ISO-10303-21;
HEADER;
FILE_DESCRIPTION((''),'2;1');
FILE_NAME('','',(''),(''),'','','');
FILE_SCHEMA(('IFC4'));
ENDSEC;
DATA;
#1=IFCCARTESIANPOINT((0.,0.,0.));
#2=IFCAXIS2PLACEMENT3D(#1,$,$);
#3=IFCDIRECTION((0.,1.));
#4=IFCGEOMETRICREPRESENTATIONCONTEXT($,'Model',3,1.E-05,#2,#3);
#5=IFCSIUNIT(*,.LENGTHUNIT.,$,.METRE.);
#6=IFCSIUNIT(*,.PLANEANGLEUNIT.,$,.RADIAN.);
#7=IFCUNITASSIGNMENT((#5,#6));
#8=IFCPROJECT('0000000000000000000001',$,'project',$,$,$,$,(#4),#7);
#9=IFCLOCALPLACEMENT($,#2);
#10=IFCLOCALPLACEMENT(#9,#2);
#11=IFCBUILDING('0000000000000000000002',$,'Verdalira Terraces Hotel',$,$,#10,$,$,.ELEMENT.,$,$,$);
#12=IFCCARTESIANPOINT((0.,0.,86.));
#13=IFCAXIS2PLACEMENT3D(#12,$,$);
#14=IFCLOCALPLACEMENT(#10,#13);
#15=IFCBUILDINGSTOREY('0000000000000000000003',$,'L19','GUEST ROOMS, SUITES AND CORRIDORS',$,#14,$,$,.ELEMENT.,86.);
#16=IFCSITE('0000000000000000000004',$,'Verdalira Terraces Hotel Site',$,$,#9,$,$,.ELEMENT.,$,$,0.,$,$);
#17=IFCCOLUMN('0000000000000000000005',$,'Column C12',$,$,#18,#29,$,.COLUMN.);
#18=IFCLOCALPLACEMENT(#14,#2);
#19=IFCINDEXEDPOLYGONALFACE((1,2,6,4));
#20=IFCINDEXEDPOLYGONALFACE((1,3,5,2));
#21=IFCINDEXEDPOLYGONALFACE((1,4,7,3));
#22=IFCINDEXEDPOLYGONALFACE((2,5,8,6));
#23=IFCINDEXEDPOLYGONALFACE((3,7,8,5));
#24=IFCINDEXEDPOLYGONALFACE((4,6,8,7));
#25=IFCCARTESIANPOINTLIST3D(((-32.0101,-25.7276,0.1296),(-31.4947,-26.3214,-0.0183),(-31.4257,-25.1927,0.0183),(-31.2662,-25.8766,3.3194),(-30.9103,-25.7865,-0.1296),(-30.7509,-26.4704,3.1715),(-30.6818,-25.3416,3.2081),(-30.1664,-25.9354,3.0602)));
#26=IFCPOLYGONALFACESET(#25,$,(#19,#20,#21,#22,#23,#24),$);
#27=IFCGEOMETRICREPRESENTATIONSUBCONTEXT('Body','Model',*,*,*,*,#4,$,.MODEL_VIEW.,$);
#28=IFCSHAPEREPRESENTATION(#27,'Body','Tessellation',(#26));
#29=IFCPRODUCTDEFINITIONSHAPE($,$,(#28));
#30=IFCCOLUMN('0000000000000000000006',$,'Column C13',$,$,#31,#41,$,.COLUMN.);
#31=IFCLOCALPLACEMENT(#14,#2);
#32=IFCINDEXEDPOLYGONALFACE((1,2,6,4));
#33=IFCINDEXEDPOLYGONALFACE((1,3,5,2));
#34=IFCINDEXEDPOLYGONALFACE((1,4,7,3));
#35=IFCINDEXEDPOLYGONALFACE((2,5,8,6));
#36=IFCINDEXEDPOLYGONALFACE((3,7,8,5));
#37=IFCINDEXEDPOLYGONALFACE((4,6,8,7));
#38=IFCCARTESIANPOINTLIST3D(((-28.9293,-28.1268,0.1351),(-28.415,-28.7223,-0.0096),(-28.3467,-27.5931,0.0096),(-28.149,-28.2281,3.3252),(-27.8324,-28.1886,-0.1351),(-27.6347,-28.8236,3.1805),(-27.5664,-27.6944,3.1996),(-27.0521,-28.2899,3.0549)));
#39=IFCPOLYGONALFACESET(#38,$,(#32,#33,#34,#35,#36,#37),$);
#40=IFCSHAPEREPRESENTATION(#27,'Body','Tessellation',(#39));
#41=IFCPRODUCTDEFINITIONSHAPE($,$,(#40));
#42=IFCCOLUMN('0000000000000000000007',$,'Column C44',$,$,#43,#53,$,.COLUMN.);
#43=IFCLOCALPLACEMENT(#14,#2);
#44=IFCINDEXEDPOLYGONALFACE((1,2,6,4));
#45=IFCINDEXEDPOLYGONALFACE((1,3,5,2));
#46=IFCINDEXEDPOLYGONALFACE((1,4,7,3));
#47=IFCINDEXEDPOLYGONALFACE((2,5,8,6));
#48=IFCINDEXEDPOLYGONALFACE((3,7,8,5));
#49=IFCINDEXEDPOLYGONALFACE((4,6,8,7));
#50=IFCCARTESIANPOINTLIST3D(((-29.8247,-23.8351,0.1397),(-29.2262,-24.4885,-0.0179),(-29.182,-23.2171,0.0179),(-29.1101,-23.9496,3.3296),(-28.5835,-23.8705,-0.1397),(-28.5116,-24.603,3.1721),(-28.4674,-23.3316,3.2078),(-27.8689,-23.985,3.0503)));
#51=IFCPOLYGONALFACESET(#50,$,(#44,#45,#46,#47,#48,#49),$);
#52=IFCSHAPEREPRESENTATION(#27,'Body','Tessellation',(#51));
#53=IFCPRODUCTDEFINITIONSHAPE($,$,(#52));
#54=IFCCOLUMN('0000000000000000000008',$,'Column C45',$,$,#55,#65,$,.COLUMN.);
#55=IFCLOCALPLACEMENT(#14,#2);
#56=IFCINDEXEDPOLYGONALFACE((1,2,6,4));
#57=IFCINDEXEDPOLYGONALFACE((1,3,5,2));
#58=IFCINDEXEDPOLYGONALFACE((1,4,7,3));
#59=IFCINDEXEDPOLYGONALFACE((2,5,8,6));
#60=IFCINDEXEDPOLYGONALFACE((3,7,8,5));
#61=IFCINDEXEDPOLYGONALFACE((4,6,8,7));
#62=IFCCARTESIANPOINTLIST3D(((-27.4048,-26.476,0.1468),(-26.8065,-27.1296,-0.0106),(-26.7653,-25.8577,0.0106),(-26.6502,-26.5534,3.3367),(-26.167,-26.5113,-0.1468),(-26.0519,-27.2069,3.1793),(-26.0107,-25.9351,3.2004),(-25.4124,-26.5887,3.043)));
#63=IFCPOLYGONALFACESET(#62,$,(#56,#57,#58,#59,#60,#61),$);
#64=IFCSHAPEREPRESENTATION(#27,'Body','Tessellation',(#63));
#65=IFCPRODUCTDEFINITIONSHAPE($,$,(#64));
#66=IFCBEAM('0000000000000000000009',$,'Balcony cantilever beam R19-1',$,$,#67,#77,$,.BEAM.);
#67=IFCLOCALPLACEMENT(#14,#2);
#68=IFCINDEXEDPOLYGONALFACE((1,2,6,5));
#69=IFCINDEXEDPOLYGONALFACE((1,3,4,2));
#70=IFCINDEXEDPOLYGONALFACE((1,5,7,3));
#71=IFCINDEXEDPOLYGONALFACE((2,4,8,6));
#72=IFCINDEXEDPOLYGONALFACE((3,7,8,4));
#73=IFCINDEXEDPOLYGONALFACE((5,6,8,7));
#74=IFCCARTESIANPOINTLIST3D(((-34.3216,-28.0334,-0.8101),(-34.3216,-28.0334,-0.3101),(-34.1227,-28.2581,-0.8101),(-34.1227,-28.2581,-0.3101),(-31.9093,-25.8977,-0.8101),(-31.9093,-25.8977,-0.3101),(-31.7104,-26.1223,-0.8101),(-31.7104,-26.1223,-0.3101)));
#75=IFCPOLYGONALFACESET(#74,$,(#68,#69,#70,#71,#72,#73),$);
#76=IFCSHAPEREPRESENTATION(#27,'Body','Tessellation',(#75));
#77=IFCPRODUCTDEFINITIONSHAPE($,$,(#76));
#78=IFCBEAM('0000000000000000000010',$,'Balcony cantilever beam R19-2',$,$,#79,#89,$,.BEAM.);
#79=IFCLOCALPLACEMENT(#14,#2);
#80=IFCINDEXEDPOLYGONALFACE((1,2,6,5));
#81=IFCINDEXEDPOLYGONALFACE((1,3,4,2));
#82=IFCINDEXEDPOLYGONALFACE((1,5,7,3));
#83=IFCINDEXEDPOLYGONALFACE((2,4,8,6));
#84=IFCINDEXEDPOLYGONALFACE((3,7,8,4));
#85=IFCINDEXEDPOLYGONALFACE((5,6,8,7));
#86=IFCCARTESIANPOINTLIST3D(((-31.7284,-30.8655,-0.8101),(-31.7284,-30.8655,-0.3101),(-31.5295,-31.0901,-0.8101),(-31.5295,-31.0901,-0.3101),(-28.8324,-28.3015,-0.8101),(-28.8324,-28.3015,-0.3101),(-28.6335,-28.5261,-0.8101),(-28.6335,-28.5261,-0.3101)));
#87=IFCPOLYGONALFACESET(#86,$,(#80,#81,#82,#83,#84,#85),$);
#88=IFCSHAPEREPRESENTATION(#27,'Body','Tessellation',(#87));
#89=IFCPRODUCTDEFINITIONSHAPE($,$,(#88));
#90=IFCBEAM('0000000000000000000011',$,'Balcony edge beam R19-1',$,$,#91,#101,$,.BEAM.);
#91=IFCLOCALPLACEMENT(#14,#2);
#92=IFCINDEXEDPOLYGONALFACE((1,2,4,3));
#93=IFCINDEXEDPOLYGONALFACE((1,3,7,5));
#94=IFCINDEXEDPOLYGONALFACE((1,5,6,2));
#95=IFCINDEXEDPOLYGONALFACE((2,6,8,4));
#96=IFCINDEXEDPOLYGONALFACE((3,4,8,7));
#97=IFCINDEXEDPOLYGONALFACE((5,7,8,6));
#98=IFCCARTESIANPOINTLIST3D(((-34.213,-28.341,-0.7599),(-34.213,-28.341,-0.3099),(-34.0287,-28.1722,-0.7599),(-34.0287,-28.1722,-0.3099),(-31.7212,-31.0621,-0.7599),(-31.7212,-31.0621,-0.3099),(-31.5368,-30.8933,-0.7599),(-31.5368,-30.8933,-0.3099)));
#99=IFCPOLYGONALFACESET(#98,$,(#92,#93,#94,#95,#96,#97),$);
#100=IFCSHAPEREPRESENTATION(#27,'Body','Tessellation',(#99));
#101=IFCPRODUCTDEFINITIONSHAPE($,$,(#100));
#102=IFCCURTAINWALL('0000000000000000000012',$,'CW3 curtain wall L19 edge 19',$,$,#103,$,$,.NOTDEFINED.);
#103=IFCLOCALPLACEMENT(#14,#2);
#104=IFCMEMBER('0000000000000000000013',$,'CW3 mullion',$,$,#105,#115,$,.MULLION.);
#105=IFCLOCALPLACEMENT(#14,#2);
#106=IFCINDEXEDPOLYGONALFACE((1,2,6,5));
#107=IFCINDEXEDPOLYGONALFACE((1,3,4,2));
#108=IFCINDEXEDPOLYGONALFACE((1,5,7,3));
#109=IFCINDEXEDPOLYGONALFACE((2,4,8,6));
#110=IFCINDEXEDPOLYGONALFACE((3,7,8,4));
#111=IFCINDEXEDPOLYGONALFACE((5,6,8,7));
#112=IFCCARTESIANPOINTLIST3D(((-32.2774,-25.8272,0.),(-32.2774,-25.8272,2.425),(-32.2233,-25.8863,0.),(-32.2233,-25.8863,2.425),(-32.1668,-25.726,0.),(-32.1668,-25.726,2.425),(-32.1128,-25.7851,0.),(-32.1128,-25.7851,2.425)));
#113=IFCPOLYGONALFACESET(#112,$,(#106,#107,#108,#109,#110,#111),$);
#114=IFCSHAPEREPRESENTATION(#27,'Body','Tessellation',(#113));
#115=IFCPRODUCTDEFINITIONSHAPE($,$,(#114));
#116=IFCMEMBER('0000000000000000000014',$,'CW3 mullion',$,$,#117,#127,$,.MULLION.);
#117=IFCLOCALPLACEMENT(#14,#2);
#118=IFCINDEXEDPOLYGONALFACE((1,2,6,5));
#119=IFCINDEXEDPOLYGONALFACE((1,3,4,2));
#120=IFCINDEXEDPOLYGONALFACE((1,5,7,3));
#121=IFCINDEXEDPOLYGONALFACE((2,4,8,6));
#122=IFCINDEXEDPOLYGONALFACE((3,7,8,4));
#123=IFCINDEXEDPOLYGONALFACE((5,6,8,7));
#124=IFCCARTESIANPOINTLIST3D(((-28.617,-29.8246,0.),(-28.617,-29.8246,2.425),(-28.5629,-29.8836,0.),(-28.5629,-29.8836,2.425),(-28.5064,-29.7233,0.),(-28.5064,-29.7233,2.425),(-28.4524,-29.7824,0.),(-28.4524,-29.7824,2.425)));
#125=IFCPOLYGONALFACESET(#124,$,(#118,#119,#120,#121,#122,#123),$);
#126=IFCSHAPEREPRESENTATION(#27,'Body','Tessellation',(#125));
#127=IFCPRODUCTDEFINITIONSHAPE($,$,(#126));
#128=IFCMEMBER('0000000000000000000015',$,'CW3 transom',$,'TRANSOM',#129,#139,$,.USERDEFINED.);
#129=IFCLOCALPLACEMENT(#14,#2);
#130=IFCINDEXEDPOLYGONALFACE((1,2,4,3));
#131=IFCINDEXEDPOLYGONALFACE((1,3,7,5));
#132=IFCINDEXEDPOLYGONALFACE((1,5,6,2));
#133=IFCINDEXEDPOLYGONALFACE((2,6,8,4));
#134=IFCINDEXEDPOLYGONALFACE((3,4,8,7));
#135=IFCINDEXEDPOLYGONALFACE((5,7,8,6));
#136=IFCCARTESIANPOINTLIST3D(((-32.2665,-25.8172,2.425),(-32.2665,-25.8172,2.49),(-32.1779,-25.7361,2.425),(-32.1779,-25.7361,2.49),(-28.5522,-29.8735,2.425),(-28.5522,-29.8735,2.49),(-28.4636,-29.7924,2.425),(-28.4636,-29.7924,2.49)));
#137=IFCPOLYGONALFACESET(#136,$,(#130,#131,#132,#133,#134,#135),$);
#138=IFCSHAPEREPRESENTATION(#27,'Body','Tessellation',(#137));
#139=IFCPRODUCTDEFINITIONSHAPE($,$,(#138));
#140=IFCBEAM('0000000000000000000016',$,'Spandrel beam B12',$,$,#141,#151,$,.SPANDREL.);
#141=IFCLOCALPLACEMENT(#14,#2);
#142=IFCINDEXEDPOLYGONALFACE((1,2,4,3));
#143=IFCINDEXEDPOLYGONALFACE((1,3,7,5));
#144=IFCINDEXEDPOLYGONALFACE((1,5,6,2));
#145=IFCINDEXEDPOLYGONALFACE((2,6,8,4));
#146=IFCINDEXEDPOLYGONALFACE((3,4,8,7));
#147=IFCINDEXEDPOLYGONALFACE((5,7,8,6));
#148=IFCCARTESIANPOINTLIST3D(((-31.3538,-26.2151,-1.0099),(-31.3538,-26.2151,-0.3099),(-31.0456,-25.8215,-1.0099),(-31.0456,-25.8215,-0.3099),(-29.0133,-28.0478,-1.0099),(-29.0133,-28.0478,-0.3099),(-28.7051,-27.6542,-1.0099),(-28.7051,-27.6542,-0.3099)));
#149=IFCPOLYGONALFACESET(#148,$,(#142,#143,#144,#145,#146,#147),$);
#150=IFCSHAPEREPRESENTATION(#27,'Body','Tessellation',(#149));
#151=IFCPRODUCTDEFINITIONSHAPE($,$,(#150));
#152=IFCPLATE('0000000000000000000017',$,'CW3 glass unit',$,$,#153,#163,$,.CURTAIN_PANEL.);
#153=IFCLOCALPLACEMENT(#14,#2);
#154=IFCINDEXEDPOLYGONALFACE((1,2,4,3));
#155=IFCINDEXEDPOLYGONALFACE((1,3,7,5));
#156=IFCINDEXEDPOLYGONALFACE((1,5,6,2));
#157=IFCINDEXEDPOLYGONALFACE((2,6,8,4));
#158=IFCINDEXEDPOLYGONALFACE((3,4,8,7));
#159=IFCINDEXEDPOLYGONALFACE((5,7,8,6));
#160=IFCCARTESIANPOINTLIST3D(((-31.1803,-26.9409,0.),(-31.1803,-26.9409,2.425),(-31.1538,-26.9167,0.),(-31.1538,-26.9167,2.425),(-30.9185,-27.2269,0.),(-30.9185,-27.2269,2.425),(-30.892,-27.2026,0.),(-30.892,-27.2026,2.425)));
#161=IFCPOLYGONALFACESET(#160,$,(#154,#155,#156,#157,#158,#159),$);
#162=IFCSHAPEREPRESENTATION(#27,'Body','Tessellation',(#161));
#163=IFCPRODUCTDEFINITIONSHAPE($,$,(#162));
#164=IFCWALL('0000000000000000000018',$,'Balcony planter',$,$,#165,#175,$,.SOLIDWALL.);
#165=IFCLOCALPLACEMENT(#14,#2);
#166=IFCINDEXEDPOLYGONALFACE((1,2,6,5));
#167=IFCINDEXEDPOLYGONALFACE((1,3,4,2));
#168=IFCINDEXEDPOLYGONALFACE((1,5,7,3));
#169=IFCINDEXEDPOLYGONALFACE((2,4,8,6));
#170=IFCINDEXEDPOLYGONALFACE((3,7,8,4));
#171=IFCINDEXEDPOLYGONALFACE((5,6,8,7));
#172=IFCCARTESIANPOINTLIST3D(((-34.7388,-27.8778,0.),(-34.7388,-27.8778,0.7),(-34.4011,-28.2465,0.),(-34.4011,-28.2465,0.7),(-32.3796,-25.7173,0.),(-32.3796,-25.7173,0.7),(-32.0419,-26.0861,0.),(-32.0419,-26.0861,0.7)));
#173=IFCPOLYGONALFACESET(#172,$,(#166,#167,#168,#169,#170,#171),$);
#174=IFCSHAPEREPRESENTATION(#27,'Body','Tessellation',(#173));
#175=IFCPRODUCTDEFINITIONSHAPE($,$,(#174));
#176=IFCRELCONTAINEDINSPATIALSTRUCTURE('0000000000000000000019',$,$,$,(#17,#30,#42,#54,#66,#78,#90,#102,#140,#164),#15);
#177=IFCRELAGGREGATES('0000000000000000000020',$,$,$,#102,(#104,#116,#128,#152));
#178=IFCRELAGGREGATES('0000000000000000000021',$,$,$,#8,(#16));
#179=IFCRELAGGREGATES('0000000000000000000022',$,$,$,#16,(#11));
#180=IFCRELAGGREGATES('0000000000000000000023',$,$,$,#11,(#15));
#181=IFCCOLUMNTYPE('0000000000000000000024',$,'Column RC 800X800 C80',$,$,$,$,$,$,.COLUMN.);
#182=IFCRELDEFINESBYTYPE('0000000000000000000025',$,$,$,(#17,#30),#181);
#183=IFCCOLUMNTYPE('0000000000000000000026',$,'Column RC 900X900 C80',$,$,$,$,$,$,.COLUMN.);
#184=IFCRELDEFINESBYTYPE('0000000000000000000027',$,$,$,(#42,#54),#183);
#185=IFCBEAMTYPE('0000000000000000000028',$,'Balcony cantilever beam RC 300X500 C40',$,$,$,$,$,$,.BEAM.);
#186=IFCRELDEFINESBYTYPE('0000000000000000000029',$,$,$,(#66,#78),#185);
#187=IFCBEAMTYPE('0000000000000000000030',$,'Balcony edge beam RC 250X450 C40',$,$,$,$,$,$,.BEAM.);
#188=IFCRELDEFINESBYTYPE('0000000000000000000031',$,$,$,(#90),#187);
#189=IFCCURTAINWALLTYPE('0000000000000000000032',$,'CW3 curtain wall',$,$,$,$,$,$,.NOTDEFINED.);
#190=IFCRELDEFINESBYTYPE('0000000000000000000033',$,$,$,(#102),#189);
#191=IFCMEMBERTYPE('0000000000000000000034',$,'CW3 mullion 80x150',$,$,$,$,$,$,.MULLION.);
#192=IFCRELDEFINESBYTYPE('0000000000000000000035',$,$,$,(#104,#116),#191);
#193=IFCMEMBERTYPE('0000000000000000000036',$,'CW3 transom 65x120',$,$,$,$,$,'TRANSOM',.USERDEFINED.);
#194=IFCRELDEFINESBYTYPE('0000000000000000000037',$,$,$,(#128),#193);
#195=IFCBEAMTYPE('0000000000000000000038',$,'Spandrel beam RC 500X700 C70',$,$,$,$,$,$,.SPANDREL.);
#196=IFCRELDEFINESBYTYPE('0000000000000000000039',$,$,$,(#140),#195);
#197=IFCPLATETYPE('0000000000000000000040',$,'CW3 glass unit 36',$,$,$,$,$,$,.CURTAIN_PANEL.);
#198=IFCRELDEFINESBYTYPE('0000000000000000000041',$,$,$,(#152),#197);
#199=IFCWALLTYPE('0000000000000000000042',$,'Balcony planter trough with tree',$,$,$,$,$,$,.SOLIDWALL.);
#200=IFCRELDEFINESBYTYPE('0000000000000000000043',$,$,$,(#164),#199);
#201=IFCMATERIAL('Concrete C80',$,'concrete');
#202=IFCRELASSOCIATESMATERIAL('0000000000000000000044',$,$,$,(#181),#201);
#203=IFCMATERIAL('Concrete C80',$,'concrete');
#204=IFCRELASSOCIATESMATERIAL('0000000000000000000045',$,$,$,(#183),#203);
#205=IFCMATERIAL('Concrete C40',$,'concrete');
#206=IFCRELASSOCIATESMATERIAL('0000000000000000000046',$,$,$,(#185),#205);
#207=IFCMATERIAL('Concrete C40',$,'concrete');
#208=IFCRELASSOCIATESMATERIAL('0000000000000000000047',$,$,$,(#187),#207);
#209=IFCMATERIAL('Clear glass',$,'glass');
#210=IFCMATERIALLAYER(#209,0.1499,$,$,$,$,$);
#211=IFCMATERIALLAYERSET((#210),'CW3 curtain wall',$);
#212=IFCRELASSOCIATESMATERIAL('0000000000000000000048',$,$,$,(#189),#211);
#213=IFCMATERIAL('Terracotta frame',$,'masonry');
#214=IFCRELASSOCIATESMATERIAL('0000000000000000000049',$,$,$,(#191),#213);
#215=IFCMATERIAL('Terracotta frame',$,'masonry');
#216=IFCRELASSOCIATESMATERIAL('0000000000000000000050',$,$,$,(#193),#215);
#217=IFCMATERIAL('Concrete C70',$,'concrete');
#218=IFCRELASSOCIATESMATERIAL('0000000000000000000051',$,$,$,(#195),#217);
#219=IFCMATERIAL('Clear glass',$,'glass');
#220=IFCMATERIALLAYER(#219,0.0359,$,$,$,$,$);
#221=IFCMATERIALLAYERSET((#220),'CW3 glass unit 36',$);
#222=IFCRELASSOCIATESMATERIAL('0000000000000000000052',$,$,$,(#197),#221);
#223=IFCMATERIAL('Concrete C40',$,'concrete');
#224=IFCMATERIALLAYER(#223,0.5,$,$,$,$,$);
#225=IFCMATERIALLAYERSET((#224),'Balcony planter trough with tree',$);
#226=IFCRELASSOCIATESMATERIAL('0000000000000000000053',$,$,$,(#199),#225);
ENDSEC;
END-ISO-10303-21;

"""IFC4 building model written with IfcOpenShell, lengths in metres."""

from ifc_helpers import new_model, si_unit, direction, frame, frame_2d, origin, origin_2d, place, context, subcontext, project, spatial, rectangle, extrude, material, layer, layer_set, material_profile, profile_set, type_object, element, aggregate, save


model = new_model("IFC4")

# Units and contexts
model_context = context("Model", 3, precision=1e-05, world=origin(), true_north=direction((0.0, 1.0)))
body_context = subcontext(model_context, "Body", "Model", "MODEL_VIEW")
ifc_project = project(units=[si_unit("LENGTHUNIT", "METRE"), si_unit("PLANEANGLEUNIT", "RADIAN")], contexts=[model_context])

# Site, building, storey
site_placement = place(None, origin())
site = spatial("IfcSite", under=ifc_project, at=site_placement, Name="Verdalira Terraces Hotel Site", CompositionType="ELEMENT", RefElevation=0.0)
building_placement = place(site_placement, origin())
building = spatial("IfcBuilding", under=site, at=building_placement, Name="Verdalira Terraces Hotel", CompositionType="ELEMENT")
storey_placement = place(building_placement, frame((0.0, 0.0, 86.0)))
storey = spatial("IfcBuildingStorey", under=building, at=storey_placement, Name="L19", Description="GUEST ROOMS, SUITES AND CORRIDORS", CompositionType="ELEMENT", Elevation=86.0)

# Columns
ifc_material_1 = material(Name="Concrete C80", Category="concrete")
ifc_material_profile_1 = material_profile(ifc_material_1, rectangle(XDim=0.8, YDim=0.8, at=origin_2d()), Name="RC 800X800")
ifc_profile_set_1 = profile_set([ifc_material_profile_1], Name="Concrete C80")
column_type_1 = type_object("IfcColumnType", Name="Column RC 800X800 C80", PredefinedType="COLUMN", material=ifc_profile_set_1)
column_1_placement = place(storey_placement, frame((-31.4602, -25.7571, 0.0), z_axis=(0.226873, -0.045419, 0.972865), x_axis=(0.644153, -0.742221, -0.184868)))
element("IfcColumn", 1, at=column_1_placement, inside=storey, type_object=column_type_1, Name="Column C12", PredefinedType="COLUMN", context=body_context, shape_type="SweptSolid", body=[
    extrude(rectangle(XDim=0.8, YDim=0.8, at=origin_2d()), origin(), (0.0, 0.0, 1.0), 3.2788),
])
column_2_placement = place(storey_placement, frame((-28.3809, -28.1577, 0.0), z_axis=(0.237487, -0.030838, 0.970901), x_axis=(0.642846, -0.744332, -0.180884)))
element("IfcColumn", 2, at=column_2_placement, inside=storey, type_object=column_type_1, Name="Column C13", PredefinedType="COLUMN", context=body_context, shape_type="SweptSolid", body=[
    extrude(rectangle(XDim=0.8, YDim=0.8, at=origin_2d()), origin(), (0.0, 0.0, 1.0), 3.2856),
])
ifc_material_2 = material(Name="Concrete C80", Category="concrete")
ifc_material_profile_2 = material_profile(ifc_material_2, rectangle(XDim=0.8999, YDim=0.8999, at=origin_2d()), Name="RC 900X900")
ifc_profile_set_2 = profile_set([ifc_material_profile_2], Name="Concrete C80")
column_type_2 = type_object("IfcColumnType", Name="Column RC 900X900 C80", PredefinedType="COLUMN", material=ifc_profile_set_2)
column_3_placement = place(storey_placement, frame((-29.2041, -23.8528, 0.0), z_axis=(0.218465, -0.035005, 0.975217), x_axis=(-0.71419, -0.686743, 0.13534)))
element("IfcColumn", 3, at=column_3_placement, inside=storey, type_object=column_type_2, Name="Column C44", PredefinedType="COLUMN", context=body_context, shape_type="SweptSolid", body=[
    extrude(rectangle(XDim=0.8999, YDim=0.8999, at=origin_2d()), origin(), (0.0, 0.0, 1.0), 3.271),
])
column_4_placement = place(storey_placement, frame((-26.7859, -26.4937, 0.0), z_axis=(0.23015, -0.023603, 0.972869), x_axis=(-0.710633, -0.687071, 0.151444)))
element("IfcColumn", 4, at=column_4_placement, inside=storey, type_object=column_type_2, Name="Column C45", PredefinedType="COLUMN", context=body_context, shape_type="SweptSolid", body=[
    extrude(rectangle(XDim=0.8999, YDim=0.8999, at=origin_2d()), origin(), (0.0, 0.0, 1.0), 3.2788),
])

# Beams
ifc_material_3 = material(Name="Concrete C40", Category="concrete")
ifc_material_profile_3 = material_profile(ifc_material_3, rectangle(XDim=0.3, YDim=0.5, at=origin_2d()), Name="RC 300X500")
ifc_profile_set_3 = profile_set([ifc_material_profile_3], Name="Concrete C40")
beam_type_1 = type_object("IfcBeamType", Name="Balcony cantilever beam RC 300X500 C40", PredefinedType="BEAM", material=ifc_profile_set_3)
beam_1_placement = place(storey_placement, frame((-31.8098, -26.01, -0.5601), z_axis=(-0.748729, -0.662876, 0.0), x_axis=(0.662876, -0.748729, 0.0)))
element("IfcBeam", 5, at=beam_1_placement, inside=storey, type_object=beam_type_1, Name="Balcony cantilever beam R19-1", PredefinedType="BEAM", context=body_context, shape_type="SweptSolid", body=[
    extrude(rectangle(XDim=0.3, YDim=0.5, at=origin_2d()), origin(), (0.0, 0.0, 1.0), 3.2219),
])
beam_2_placement = place(storey_placement, frame((-28.7329, -28.4138, -0.5601), z_axis=(-0.748724, -0.662882, 0.0), x_axis=(0.662882, -0.748724, 0.0)))
element("IfcBeam", 6, at=beam_2_placement, inside=storey, type_object=beam_type_1, Name="Balcony cantilever beam R19-2", PredefinedType="BEAM", context=body_context, shape_type="SweptSolid", body=[
    extrude(rectangle(XDim=0.3, YDim=0.5, at=origin_2d()), origin(), (0.0, 0.0, 1.0), 3.8679),
])
ifc_material_4 = material(Name="Concrete C40", Category="concrete")
ifc_material_profile_4 = material_profile(ifc_material_4, rectangle(XDim=0.25, YDim=0.45, at=origin_2d()), Name="RC 250X450")
ifc_profile_set_4 = profile_set([ifc_material_profile_4], Name="Concrete C40")
beam_type_2 = type_object("IfcBeamType", Name="Balcony edge beam RC 250X450 C40", PredefinedType="BEAM", material=ifc_profile_set_4)
beam_3_placement = place(storey_placement, frame((-34.1208, -28.2566, -0.5349), z_axis=(0.675359, -0.737489, 0.0), x_axis=(0.737489, 0.675359, 0.0)))
element("IfcBeam", 7, at=beam_3_placement, inside=storey, type_object=beam_type_2, Name="Balcony edge beam R19-1", PredefinedType="BEAM", context=body_context, shape_type="SweptSolid", body=[
    extrude(rectangle(XDim=0.25, YDim=0.45, at=origin_2d()), origin(), (0.0, 0.0, 1.0), 3.6897),
])

# Curtain wall, members
ifc_material_5 = material(Name="Clear glass", Category="glass")
ifc_layer_1 = layer(ifc_material_5, 0.1499)
ifc_layer_set_1 = layer_set([ifc_layer_1], Name="CW3 curtain wall")
curtain_wall_type = type_object("IfcCurtainWallType", Name="CW3 curtain wall", PredefinedType="NOTDEFINED", material=ifc_layer_set_1)
curtain_wall_placement = place(storey_placement, origin())
curtain_wall = element("IfcCurtainWall", 8, at=curtain_wall_placement, inside=storey, type_object=curtain_wall_type, Name="CW3 curtain wall L19 edge 19", PredefinedType="NOTDEFINED")
ifc_material_6 = material(Name="Terracotta frame", Category="masonry")
ifc_material_profile_5 = material_profile(ifc_material_6, rectangle(XDim=0.0801, YDim=0.1499, at=origin_2d()), Name="MU 80x150")
ifc_profile_set_5 = profile_set([ifc_material_profile_5], Name="Terracotta frame")
member_type_1 = type_object("IfcMemberType", Name="CW3 mullion 80x150", PredefinedType="MULLION", material=ifc_profile_set_5)
member_1_placement = place(storey_placement, frame((-32.1951, -25.8062, 0.0), z_axis=(0.0, 0.0, 1.0), x_axis=(0.675333, -0.737513, 0.0)))
member_1 = element("IfcMember", 9, at=member_1_placement, type_object=member_type_1, Name="CW3 mullion", PredefinedType="MULLION", context=body_context, shape_type="SweptSolid", body=[
    extrude(rectangle(XDim=0.0801, YDim=0.1499, at=origin_2d()), origin(), (0.0, 0.0, 1.0), 2.425),
])
member_2_placement = place(storey_placement, frame((-28.5347, -29.8035, 0.0), z_axis=(0.0, 0.0, 1.0), x_axis=(0.675333, -0.737513, 0.0)))
member_2 = element("IfcMember", 10, at=member_2_placement, type_object=member_type_1, Name="CW3 mullion", PredefinedType="MULLION", context=body_context, shape_type="SweptSolid", body=[
    extrude(rectangle(XDim=0.0801, YDim=0.1499, at=origin_2d()), origin(), (0.0, 0.0, 1.0), 2.425),
])
ifc_material_7 = material(Name="Terracotta frame", Category="masonry")
ifc_material_profile_6 = material_profile(ifc_material_7, rectangle(XDim=0.1201, YDim=0.0649, at=origin_2d()), Name="TR 65x120")
ifc_profile_set_6 = profile_set([ifc_material_profile_6], Name="Terracotta frame")
member_type_2 = type_object("IfcMemberType", Name="CW3 transom 65x120", ElementType="TRANSOM", PredefinedType="USERDEFINED", material=ifc_profile_set_6)
member_3_placement = place(storey_placement, frame((-32.2222, -25.7766, 2.4575), z_axis=(0.675329, -0.737517, 0.0), x_axis=(0.737517, 0.675329, 0.0)))
member_3 = element("IfcMember", 11, at=member_3_placement, type_object=member_type_2, Name="CW3 transom", ObjectType="TRANSOM", PredefinedType="USERDEFINED", context=body_context, shape_type="SweptSolid", body=[
    extrude(rectangle(XDim=0.1201, YDim=0.0649, at=origin_2d()), origin(), (0.0, 0.0, 1.0), 5.5),
])

# Beam
ifc_material_8 = material(Name="Concrete C70", Category="concrete")
ifc_material_profile_7 = material_profile(ifc_material_8, rectangle(XDim=0.5, YDim=0.7, at=origin_2d()), Name="RC 500X700")
ifc_profile_set_7 = profile_set([ifc_material_profile_7], Name="Concrete C70")
beam_type_3 = type_object("IfcBeamType", Name="Spandrel beam RC 500X700 C70", PredefinedType="SPANDREL", material=ifc_profile_set_7)
beam_4_placement = place(storey_placement, frame((-31.1997, -26.0183, -0.6599), z_axis=(0.78734, -0.616519, 0.0), x_axis=(0.616519, 0.78734, 0.0)))
element("IfcBeam", 12, at=beam_4_placement, inside=storey, type_object=beam_type_3, Name="Spandrel beam B12", PredefinedType="SPANDREL", context=body_context, shape_type="SweptSolid", body=[
    extrude(rectangle(XDim=0.5, YDim=0.7, at=origin_2d()), origin(), (0.0, 0.0, 1.0), 2.9727),
])

# Plate
ifc_material_9 = material(Name="Clear glass", Category="glass")
ifc_layer_2 = layer(ifc_material_9, 0.0359)
ifc_layer_set_2 = layer_set([ifc_layer_2], Name="CW3 glass unit 36")
plate_type = type_object("IfcPlateType", Name="CW3 glass unit 36", PredefinedType="CURTAIN_PANEL", material=ifc_layer_set_2)
plate_placement = place(storey_placement, frame((-31.0361, -27.0718, 0.0), z_axis=(0.0, 0.0, 1.0), x_axis=(0.675333, -0.737513, 0.0)))
plate = element("IfcPlate", 13, at=plate_placement, type_object=plate_type, Name="CW3 glass unit", PredefinedType="CURTAIN_PANEL", context=body_context, shape_type="SweptSolid", body=[
    extrude(rectangle(XDim=0.3877, YDim=0.0359, at=origin_2d()), origin(), (0.0, 0.0, 1.0), 2.425),
])
aggregate(curtain_wall, [member_1, member_2, member_3, plate])

# Wall
ifc_material_10 = material(Name="Concrete C40", Category="concrete")
ifc_layer_3 = layer(ifc_material_10, 0.5)
ifc_layer_set_3 = layer_set([ifc_layer_3], Name="Balcony planter trough with tree")
wall_type_1 = type_object("IfcWallType", Name="Balcony planter trough with tree", PredefinedType="SOLIDWALL", material=ifc_layer_set_3)
wall_1_placement = place(storey_placement, frame((-32.2107, -25.9016, 0.0), z_axis=(0.0, 0.0, 1.0), x_axis=(-0.737487, -0.675362, 0.0)))
element("IfcWall", 14, at=wall_1_placement, inside=storey, type_object=wall_type_1, Name="Balcony planter", PredefinedType="SOLIDWALL", context=body_context, shape_type="SweptSolid", body=[
    extrude(rectangle(XDim=3.199, YDim=0.5, at=frame_2d((1.5996, 0.0))), origin(), (0.0, 0.0, 1.0), 0.7),
])

save(model, "model.ifc")
